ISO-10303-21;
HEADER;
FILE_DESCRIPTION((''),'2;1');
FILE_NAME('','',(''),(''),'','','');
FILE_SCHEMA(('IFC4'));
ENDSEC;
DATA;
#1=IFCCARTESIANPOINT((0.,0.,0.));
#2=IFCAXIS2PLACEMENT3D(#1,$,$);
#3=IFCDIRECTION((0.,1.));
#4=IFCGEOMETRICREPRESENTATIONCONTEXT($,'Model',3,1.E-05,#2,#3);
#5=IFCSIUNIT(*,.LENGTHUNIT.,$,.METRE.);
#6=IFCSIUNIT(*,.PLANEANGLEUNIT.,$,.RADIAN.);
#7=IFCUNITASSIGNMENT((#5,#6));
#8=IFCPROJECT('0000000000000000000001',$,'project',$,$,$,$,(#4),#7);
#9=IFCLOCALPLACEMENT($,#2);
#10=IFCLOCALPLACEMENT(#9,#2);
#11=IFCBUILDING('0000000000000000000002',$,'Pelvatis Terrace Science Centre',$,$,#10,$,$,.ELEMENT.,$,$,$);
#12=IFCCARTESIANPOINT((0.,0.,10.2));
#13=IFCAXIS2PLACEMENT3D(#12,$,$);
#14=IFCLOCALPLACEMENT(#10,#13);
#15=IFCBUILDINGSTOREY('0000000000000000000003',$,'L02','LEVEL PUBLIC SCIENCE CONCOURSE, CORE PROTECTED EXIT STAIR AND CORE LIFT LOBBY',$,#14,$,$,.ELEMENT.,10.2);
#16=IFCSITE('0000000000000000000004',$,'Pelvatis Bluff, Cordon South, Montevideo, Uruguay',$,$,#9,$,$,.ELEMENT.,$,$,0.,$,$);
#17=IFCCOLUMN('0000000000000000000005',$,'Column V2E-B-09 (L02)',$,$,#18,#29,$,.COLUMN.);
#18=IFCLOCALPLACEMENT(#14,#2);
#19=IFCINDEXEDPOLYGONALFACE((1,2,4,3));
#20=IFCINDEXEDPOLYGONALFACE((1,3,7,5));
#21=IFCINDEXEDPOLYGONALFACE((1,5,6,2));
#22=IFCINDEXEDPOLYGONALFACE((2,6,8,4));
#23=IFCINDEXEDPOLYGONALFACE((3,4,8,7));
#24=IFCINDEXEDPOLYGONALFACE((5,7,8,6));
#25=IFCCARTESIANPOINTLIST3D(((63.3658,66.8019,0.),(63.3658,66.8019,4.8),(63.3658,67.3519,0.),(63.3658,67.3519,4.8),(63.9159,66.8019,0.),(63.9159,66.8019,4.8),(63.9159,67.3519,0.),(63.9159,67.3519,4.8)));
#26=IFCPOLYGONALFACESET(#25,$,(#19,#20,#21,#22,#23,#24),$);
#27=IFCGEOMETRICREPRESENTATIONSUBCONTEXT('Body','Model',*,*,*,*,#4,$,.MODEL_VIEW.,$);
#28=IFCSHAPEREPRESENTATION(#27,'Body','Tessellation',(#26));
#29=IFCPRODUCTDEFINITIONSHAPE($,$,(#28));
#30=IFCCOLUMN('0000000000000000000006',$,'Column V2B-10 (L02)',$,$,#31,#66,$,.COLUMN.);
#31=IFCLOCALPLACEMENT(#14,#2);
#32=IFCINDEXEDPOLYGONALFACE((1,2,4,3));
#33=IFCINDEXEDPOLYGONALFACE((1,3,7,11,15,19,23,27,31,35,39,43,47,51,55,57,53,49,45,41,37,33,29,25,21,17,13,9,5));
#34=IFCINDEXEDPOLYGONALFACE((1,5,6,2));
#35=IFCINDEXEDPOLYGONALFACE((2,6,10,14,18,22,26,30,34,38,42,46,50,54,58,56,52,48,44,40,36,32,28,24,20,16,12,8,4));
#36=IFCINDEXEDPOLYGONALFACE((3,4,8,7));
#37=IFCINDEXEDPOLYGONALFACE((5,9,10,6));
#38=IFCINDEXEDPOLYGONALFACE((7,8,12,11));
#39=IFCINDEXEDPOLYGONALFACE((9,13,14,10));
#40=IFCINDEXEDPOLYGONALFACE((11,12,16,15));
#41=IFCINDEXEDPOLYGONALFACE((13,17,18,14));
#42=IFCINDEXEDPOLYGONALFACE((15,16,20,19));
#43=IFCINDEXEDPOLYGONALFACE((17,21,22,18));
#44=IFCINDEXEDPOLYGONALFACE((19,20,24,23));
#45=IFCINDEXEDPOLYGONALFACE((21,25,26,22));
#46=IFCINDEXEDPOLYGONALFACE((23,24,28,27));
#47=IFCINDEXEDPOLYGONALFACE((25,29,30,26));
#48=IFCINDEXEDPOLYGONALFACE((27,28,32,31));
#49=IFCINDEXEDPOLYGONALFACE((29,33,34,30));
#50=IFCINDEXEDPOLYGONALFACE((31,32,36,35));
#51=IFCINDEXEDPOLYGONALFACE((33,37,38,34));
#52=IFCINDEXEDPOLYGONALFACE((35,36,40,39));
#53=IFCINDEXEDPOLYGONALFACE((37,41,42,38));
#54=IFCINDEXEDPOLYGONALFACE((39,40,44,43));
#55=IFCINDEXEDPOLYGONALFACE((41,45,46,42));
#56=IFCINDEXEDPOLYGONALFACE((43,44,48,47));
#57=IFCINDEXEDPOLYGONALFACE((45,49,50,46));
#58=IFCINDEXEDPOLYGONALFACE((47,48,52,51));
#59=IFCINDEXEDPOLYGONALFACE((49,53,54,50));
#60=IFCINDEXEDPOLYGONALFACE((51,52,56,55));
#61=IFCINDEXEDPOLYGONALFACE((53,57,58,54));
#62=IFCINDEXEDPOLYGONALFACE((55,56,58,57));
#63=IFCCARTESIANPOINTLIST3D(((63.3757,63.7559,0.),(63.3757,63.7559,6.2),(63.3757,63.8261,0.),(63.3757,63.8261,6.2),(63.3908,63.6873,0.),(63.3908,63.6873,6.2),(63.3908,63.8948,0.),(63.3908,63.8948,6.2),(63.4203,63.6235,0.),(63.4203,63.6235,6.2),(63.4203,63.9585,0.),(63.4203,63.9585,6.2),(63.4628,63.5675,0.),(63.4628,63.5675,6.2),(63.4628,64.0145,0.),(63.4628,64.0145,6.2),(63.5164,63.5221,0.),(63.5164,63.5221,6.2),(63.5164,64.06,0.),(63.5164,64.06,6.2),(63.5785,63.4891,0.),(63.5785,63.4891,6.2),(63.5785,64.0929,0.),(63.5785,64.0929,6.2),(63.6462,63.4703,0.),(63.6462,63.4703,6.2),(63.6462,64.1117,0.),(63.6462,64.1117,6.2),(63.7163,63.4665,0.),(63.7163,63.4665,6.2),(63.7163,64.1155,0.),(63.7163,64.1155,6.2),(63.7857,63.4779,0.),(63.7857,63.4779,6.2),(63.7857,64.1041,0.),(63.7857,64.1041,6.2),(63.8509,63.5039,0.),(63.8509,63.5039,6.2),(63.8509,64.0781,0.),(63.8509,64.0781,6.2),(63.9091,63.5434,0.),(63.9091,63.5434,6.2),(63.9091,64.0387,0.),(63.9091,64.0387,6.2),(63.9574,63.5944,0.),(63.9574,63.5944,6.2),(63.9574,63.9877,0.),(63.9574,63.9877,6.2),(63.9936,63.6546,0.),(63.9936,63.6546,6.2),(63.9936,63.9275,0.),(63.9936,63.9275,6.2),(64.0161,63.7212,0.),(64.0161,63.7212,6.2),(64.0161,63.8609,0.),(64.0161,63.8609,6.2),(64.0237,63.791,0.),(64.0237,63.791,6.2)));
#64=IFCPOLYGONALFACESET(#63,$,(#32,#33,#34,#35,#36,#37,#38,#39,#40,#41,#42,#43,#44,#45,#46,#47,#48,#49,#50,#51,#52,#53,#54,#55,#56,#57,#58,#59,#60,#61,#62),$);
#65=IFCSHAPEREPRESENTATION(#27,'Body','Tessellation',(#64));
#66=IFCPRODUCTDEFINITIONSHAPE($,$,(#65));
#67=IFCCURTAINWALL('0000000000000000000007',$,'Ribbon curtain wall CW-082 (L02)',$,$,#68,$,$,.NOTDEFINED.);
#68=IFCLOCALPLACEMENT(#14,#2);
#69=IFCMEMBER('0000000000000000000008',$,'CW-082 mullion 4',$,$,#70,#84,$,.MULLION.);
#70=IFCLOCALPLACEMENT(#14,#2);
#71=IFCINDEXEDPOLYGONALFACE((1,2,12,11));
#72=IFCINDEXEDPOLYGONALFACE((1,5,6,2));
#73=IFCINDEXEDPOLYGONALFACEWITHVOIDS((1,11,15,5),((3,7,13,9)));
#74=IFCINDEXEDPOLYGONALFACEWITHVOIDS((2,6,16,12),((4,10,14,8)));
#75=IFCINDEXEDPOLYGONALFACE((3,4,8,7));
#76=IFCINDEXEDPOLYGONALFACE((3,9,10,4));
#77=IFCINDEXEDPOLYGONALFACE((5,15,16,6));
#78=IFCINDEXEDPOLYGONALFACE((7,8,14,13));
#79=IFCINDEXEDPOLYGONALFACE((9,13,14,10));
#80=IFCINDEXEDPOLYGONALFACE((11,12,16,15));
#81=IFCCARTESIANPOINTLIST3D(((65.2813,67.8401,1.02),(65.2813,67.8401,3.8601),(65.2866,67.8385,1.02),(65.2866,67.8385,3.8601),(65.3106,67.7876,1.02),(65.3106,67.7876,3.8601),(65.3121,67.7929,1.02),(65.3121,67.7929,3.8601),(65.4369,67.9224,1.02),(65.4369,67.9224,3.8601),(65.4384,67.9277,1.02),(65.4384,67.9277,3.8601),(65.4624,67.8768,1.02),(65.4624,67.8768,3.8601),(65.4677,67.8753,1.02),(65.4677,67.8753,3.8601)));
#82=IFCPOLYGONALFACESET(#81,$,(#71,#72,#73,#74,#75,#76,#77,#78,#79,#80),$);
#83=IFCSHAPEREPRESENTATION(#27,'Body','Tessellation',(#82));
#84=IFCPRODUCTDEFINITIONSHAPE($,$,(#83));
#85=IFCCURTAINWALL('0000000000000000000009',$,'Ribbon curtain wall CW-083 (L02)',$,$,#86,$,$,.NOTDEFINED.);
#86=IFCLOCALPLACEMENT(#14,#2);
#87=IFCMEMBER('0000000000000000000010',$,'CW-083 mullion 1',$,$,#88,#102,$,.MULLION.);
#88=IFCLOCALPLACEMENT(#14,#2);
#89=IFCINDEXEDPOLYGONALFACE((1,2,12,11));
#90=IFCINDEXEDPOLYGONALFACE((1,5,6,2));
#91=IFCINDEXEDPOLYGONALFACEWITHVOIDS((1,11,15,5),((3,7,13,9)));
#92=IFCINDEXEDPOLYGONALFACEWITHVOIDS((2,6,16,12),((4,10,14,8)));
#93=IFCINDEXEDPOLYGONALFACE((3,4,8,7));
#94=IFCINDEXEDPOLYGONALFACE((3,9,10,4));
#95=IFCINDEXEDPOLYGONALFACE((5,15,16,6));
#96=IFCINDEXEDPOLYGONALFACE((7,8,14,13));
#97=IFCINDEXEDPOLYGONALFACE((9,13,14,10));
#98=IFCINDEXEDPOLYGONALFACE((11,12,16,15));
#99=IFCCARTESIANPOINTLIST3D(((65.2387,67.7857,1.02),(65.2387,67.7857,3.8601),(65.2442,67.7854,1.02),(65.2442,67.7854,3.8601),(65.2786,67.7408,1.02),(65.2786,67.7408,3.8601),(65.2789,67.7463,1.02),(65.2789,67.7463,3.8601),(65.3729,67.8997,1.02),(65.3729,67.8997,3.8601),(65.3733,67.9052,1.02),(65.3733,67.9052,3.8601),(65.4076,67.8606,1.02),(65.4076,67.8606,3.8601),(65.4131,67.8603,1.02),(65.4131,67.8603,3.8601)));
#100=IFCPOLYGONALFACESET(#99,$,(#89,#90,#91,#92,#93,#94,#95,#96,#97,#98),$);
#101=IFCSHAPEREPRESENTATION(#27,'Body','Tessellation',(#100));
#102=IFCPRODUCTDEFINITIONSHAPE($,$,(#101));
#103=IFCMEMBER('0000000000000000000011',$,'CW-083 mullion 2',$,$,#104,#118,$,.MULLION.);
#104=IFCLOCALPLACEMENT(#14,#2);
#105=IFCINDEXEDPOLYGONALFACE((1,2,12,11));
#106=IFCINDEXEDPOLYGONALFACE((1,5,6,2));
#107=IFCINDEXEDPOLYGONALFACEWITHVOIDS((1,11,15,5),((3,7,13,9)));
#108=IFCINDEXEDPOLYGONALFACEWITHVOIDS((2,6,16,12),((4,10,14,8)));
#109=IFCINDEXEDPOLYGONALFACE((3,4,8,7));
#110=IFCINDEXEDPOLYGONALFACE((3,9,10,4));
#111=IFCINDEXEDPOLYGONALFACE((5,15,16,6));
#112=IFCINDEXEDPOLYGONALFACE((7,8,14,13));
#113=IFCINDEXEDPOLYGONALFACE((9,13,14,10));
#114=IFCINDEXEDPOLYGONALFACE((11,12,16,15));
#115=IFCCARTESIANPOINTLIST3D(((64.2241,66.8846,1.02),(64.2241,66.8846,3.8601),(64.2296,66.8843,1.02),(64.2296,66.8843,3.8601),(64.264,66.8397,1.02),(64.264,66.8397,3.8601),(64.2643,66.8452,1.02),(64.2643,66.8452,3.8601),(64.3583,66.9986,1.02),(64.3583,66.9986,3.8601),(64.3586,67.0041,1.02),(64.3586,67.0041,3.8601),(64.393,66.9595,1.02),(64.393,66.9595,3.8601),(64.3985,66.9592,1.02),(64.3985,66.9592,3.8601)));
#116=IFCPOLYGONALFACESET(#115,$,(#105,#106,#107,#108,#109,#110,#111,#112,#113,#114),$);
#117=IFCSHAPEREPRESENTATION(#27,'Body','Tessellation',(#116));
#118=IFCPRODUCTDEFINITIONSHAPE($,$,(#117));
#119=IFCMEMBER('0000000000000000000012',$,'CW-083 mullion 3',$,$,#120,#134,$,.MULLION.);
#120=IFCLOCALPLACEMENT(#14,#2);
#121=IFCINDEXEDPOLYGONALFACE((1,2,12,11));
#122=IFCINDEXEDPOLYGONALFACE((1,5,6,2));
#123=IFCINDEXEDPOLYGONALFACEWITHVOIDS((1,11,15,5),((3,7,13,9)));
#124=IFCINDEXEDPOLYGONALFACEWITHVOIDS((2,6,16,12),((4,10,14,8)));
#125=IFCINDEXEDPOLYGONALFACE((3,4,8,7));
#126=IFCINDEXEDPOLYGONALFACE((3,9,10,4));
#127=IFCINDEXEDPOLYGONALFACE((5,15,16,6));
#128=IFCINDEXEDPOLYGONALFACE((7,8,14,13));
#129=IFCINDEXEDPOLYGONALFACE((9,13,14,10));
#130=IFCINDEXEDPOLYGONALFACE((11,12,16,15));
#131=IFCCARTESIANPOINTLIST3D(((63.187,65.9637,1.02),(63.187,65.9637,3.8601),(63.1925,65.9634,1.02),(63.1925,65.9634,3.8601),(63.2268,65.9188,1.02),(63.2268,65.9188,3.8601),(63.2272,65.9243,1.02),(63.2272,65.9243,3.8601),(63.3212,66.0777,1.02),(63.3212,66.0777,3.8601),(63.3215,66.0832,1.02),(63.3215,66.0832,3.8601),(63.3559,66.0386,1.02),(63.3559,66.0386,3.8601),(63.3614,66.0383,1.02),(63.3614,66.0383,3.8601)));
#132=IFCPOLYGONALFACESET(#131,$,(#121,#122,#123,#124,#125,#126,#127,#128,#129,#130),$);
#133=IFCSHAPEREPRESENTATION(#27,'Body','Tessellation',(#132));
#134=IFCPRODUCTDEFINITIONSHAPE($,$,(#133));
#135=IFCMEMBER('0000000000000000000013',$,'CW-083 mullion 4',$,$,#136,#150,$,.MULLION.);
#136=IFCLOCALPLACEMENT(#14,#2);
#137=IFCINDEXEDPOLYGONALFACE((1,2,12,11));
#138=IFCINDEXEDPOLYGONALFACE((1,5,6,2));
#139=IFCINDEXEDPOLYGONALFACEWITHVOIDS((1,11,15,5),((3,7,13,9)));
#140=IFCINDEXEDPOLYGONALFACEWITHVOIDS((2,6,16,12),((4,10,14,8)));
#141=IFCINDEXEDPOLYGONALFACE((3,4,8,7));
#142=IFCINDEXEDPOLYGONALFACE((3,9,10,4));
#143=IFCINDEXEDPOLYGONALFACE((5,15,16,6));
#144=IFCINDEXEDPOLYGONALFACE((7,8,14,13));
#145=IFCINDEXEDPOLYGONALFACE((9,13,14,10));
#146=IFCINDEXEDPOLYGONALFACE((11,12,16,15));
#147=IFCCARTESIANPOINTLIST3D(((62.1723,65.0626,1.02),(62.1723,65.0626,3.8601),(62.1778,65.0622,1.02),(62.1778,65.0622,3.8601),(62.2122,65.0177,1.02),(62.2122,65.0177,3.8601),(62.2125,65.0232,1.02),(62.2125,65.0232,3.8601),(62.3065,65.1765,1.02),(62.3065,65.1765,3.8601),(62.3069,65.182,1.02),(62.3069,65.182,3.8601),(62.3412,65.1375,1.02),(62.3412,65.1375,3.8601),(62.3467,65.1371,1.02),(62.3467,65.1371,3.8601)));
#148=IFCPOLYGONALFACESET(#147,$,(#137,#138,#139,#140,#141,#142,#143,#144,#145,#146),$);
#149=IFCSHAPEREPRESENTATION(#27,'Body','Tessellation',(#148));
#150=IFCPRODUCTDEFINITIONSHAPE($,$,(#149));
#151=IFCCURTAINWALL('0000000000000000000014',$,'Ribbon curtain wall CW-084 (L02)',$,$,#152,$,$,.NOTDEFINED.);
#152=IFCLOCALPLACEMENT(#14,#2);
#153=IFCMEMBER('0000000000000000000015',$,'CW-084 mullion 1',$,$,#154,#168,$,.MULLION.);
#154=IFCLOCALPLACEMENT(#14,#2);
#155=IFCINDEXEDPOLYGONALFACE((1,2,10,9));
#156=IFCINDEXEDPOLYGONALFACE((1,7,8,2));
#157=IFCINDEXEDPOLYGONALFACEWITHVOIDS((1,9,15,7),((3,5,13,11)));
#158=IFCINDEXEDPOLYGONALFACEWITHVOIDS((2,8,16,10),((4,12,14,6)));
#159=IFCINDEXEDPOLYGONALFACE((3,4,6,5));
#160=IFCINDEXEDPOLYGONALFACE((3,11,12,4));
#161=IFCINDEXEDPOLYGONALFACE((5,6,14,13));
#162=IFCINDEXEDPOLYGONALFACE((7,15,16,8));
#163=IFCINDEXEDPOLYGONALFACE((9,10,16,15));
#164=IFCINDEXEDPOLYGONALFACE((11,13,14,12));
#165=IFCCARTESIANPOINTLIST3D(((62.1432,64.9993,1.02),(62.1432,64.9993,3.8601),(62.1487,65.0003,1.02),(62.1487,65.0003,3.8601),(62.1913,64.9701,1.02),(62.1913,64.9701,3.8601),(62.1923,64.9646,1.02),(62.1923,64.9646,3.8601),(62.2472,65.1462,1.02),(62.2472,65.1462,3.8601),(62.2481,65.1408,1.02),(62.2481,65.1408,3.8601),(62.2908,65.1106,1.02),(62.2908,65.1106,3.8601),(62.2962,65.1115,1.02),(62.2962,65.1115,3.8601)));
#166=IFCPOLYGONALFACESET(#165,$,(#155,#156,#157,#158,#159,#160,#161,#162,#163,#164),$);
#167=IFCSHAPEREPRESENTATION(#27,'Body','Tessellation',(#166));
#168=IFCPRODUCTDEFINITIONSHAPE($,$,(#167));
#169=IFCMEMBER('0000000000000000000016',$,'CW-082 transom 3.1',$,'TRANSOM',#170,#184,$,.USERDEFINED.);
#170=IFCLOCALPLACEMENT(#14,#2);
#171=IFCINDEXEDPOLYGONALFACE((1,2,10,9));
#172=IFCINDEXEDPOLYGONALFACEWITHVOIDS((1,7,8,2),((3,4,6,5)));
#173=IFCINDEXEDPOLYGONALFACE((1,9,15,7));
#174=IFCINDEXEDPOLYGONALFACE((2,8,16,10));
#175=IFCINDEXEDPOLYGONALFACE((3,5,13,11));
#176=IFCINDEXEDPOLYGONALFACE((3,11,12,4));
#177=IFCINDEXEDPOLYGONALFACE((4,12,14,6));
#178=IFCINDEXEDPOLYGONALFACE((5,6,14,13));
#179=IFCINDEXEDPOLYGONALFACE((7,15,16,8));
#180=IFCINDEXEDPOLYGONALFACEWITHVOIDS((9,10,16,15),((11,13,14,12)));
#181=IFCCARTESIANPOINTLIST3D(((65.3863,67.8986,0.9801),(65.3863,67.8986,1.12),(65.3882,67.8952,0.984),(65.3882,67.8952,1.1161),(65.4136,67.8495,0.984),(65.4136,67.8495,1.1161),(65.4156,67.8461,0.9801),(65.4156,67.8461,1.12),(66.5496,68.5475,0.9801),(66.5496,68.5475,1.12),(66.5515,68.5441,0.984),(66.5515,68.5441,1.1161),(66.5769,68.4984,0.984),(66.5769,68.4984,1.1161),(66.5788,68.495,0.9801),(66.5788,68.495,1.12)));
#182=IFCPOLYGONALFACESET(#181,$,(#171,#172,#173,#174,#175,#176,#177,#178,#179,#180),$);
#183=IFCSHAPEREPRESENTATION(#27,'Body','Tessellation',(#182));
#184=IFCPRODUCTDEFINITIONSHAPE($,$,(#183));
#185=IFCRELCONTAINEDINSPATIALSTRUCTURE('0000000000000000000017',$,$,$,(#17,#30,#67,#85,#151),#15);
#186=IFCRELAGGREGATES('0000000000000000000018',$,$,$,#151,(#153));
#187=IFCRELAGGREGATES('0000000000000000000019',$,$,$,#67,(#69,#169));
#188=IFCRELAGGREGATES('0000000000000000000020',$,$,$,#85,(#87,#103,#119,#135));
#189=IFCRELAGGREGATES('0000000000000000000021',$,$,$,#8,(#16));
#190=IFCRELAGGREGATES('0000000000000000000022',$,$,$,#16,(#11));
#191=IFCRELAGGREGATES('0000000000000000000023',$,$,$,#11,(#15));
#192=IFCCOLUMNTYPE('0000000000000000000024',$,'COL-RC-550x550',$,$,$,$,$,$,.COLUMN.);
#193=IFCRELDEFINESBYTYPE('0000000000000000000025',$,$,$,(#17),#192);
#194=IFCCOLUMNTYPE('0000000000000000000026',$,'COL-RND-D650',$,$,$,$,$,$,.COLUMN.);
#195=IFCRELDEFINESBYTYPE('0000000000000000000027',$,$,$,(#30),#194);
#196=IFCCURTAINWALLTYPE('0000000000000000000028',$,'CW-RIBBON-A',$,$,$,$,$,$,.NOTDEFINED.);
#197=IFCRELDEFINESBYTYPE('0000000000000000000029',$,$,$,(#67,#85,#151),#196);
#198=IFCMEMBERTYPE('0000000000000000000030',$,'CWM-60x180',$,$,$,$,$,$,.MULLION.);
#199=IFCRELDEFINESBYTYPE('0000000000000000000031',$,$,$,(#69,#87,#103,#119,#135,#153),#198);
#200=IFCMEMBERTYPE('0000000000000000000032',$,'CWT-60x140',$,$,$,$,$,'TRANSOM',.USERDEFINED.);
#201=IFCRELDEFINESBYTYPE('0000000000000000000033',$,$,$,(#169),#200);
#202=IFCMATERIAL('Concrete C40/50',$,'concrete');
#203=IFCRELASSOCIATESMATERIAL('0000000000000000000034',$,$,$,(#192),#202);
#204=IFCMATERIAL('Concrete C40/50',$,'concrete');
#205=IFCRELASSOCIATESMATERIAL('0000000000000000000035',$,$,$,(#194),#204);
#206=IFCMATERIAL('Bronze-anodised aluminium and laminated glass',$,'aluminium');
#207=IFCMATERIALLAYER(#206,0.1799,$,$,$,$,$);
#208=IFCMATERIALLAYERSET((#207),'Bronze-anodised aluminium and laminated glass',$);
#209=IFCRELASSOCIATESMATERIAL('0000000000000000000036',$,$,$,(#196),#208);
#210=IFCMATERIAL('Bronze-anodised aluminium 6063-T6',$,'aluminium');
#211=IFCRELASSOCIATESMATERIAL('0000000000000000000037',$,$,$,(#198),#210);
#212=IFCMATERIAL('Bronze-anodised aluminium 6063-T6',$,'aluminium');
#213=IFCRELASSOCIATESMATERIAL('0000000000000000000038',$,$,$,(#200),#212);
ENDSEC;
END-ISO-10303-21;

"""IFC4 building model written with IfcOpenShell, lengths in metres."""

from ifc_helpers import new_model, si_unit, direction, frame, origin, origin_2d, place, context, subcontext, project, spatial, rectangle, hollow_rectangle, circle, extrude, material, layer, layer_set, material_profile, profile_set, type_object, element, aggregate, save


model = new_model("IFC4")

# Units and contexts
model_context = context("Model", 3, precision=1e-05, world=origin(), true_north=direction((0.0, 1.0)))
body_context = subcontext(model_context, "Body", "Model", "MODEL_VIEW")
ifc_project = project(units=[si_unit("LENGTHUNIT", "METRE"), si_unit("PLANEANGLEUNIT", "RADIAN")], contexts=[model_context])

# Site, building, storey
site_placement = place(None, origin())
site = spatial("IfcSite", under=ifc_project, at=site_placement, Name="Pelvatis Bluff, Cordon South, Montevideo, Uruguay", CompositionType="ELEMENT", RefElevation=0.0)
building_placement = place(site_placement, origin())
building = spatial("IfcBuilding", under=site, at=building_placement, Name="Pelvatis Terrace Science Centre", CompositionType="ELEMENT")
storey_placement = place(building_placement, frame((0.0, 0.0, 10.2)))
storey = spatial("IfcBuildingStorey", under=building, at=storey_placement, Name="L02", Description="LEVEL PUBLIC SCIENCE CONCOURSE, CORE PROTECTED EXIT STAIR AND CORE LIFT LOBBY", CompositionType="ELEMENT", Elevation=10.2)

# Columns
ifc_material_1 = material(Name="Concrete C40/50", Category="concrete")
ifc_material_profile_1 = material_profile(ifc_material_1, rectangle(XDim=0.55, YDim=0.55, at=origin_2d()), Name="RC-COL 550x550")
ifc_profile_set_1 = profile_set([ifc_material_profile_1], Name="Concrete C40/50")
column_type_1 = type_object("IfcColumnType", Name="COL-RC-550x550", PredefinedType="COLUMN", material=ifc_profile_set_1)
column_1_placement = place(storey_placement, frame((63.6409, 67.0769, 0.0), z_axis=(0.0, 0.0, 1.0), x_axis=(1.0, 0.0, 0.0)))
element("IfcColumn", 1, at=column_1_placement, inside=storey, type_object=column_type_1, Name="Column V2E-B-09 (L02)", PredefinedType="COLUMN", context=body_context, shape_type="SweptSolid", body=[
    extrude(rectangle(XDim=0.55, YDim=0.55, at=origin_2d()), origin(), (0.0, 0.0, 1.0), 4.8),
])
ifc_material_2 = material(Name="Concrete C40/50", Category="concrete")
ifc_material_profile_2 = material_profile(ifc_material_2, circle(Radius=0.325, at=origin_2d()), Name="RC-RCOL D650")
ifc_profile_set_2 = profile_set([ifc_material_profile_2], Name="Concrete C40/50")
column_type_2 = type_object("IfcColumnType", Name="COL-RND-D650", PredefinedType="COLUMN", material=ifc_profile_set_2)
column_2_placement = place(storey_placement, frame((63.6987, 63.791, 0.0), z_axis=(0.0, 0.0, 1.0), x_axis=(1.0, 0.0, 0.0)))
element("IfcColumn", 2, at=column_2_placement, inside=storey, type_object=column_type_2, Name="Column V2B-10 (L02)", PredefinedType="COLUMN", context=body_context, shape_type="SweptSolid", body=[
    extrude(circle(Radius=0.325, at=origin_2d()), origin(), (0.0, 0.0, 1.0), 6.2),
])

# Curtain wall, member
ifc_material_3 = material(Name="Bronze-anodised aluminium and laminated glass", Category="aluminium")
ifc_layer_1 = layer(ifc_material_3, 0.1799)
ifc_layer_set_1 = layer_set([ifc_layer_1], Name="Bronze-anodised aluminium and laminated glass")
curtain_wall_type = type_object("IfcCurtainWallType", Name="CW-RIBBON-A", PredefinedType="NOTDEFINED", material=ifc_layer_set_1)
curtain_wall_1_placement = place(storey_placement, origin())
curtain_wall_1 = element("IfcCurtainWall", 3, at=curtain_wall_1_placement, inside=storey, type_object=curtain_wall_type, Name="Ribbon curtain wall CW-082 (L02)", PredefinedType="NOTDEFINED")
ifc_material_4 = material(Name="Bronze-anodised aluminium 6063-T6", Category="aluminium")
ifc_material_profile_3 = material_profile(ifc_material_4, hollow_rectangle(XDim=0.0601, YDim=0.1799, WallThickness=0.0039, at=origin_2d()), Name="ALU-MUL 60x180")
ifc_profile_set_3 = profile_set([ifc_material_profile_3], Name="Bronze-anodised aluminium 6063-T6")
member_type_1 = type_object("IfcMemberType", Name="CWM-60x180", PredefinedType="MULLION", material=ifc_profile_set_3)
member_1_placement = place(storey_placement, frame((65.3745, 67.8577, 1.02), z_axis=(0.0, 0.0, 1.0), x_axis=(0.487256, -0.873259, 0.0)))
member_1 = element("IfcMember", 4, at=member_1_placement, type_object=member_type_1, Name="CW-082 mullion 4", PredefinedType="MULLION", context=body_context, shape_type="SweptSolid", body=[
    extrude(hollow_rectangle(XDim=0.0601, YDim=0.1799, WallThickness=0.0039, at=origin_2d()), origin(), (0.0, 0.0, 1.0), 2.8401),
])

# Curtain wall, members
curtain_wall_2_placement = place(storey_placement, origin())
curtain_wall_2 = element("IfcCurtainWall", 5, at=curtain_wall_2_placement, inside=storey, type_object=curtain_wall_type, Name="Ribbon curtain wall CW-083 (L02)", PredefinedType="NOTDEFINED")
member_2_placement = place(storey_placement, frame((65.3259, 67.823, 1.02), z_axis=(0.0, 0.0, 1.0), x_axis=(0.664016, -0.747718, 0.0)))
member_2 = element("IfcMember", 6, at=member_2_placement, type_object=member_type_1, Name="CW-083 mullion 1", PredefinedType="MULLION", context=body_context, shape_type="SweptSolid", body=[
    extrude(hollow_rectangle(XDim=0.0601, YDim=0.1799, WallThickness=0.0039, at=origin_2d()), origin(), (0.0, 0.0, 1.0), 2.8401),
])
member_3_placement = place(storey_placement, frame((64.3113, 66.9219, 1.02), z_axis=(0.0, 0.0, 1.0), x_axis=(0.664016, -0.747718, 0.0)))
member_3 = element("IfcMember", 7, at=member_3_placement, type_object=member_type_1, Name="CW-083 mullion 2", PredefinedType="MULLION", context=body_context, shape_type="SweptSolid", body=[
    extrude(hollow_rectangle(XDim=0.0601, YDim=0.1799, WallThickness=0.0039, at=origin_2d()), origin(), (0.0, 0.0, 1.0), 2.8401),
])
member_4_placement = place(storey_placement, frame((63.2742, 66.001, 1.02), z_axis=(0.0, 0.0, 1.0), x_axis=(0.664016, -0.747718, 0.0)))
member_4 = element("IfcMember", 8, at=member_4_placement, type_object=member_type_1, Name="CW-083 mullion 3", PredefinedType="MULLION", context=body_context, shape_type="SweptSolid", body=[
    extrude(hollow_rectangle(XDim=0.0601, YDim=0.1799, WallThickness=0.0039, at=origin_2d()), origin(), (0.0, 0.0, 1.0), 2.8401),
])
member_5_placement = place(storey_placement, frame((62.2595, 65.0999, 1.02), z_axis=(0.0, 0.0, 1.0), x_axis=(0.664016, -0.747718, 0.0)))
member_5 = element("IfcMember", 9, at=member_5_placement, type_object=member_type_1, Name="CW-083 mullion 4", PredefinedType="MULLION", context=body_context, shape_type="SweptSolid", body=[
    extrude(hollow_rectangle(XDim=0.0601, YDim=0.1799, WallThickness=0.0039, at=origin_2d()), origin(), (0.0, 0.0, 1.0), 2.8401),
])

# Curtain wall, member
curtain_wall_3_placement = place(storey_placement, origin())
curtain_wall_3 = element("IfcCurtainWall", 10, at=curtain_wall_3_placement, inside=storey, type_object=curtain_wall_type, Name="Ribbon curtain wall CW-084 (L02)", PredefinedType="NOTDEFINED")
member_6_placement = place(storey_placement, frame((62.2197, 65.0554, 1.02), z_axis=(0.0, 0.0, 1.0), x_axis=(0.816326, -0.577591, 0.0)))
member_6 = element("IfcMember", 11, at=member_6_placement, type_object=member_type_1, Name="CW-084 mullion 1", PredefinedType="MULLION", context=body_context, shape_type="SweptSolid", body=[
    extrude(hollow_rectangle(XDim=0.0601, YDim=0.1799, WallThickness=0.0039, at=origin_2d()), origin(), (0.0, 0.0, 1.0), 2.8401),
])

# Member
ifc_material_5 = material(Name="Bronze-anodised aluminium 6063-T6", Category="aluminium")
ifc_material_profile_4 = material_profile(ifc_material_5, hollow_rectangle(XDim=0.0601, YDim=0.1399, WallThickness=0.0039, at=origin_2d()), Name="ALU-TRN 60x140")
ifc_profile_set_4 = profile_set([ifc_material_profile_4], Name="Bronze-anodised aluminium 6063-T6")
member_type_2 = type_object("IfcMemberType", Name="CWT-60x140", ElementType="TRANSOM", PredefinedType="USERDEFINED", material=ifc_profile_set_4)
member_7_placement = place(storey_placement, frame((66.5642, 68.5212, 1.05), z_axis=(-0.873317, -0.487152, 0.0), x_axis=(0.487152, -0.873317, 0.0)))
member_7 = element("IfcMember", 12, at=member_7_placement, type_object=member_type_2, Name="CW-082 transom 3.1", ObjectType="TRANSOM", PredefinedType="USERDEFINED", context=body_context, shape_type="SweptSolid", body=[
    extrude(hollow_rectangle(XDim=0.0601, YDim=0.1399, WallThickness=0.0039, at=origin_2d()), origin(), (0.0, 0.0, 1.0), 1.332),
])
aggregate(curtain_wall_3, [member_6])

aggregate(curtain_wall_1, [member_1, member_7])
aggregate(curtain_wall_2, [member_2, member_3, member_4, member_5])

save(model, "model.ifc")
